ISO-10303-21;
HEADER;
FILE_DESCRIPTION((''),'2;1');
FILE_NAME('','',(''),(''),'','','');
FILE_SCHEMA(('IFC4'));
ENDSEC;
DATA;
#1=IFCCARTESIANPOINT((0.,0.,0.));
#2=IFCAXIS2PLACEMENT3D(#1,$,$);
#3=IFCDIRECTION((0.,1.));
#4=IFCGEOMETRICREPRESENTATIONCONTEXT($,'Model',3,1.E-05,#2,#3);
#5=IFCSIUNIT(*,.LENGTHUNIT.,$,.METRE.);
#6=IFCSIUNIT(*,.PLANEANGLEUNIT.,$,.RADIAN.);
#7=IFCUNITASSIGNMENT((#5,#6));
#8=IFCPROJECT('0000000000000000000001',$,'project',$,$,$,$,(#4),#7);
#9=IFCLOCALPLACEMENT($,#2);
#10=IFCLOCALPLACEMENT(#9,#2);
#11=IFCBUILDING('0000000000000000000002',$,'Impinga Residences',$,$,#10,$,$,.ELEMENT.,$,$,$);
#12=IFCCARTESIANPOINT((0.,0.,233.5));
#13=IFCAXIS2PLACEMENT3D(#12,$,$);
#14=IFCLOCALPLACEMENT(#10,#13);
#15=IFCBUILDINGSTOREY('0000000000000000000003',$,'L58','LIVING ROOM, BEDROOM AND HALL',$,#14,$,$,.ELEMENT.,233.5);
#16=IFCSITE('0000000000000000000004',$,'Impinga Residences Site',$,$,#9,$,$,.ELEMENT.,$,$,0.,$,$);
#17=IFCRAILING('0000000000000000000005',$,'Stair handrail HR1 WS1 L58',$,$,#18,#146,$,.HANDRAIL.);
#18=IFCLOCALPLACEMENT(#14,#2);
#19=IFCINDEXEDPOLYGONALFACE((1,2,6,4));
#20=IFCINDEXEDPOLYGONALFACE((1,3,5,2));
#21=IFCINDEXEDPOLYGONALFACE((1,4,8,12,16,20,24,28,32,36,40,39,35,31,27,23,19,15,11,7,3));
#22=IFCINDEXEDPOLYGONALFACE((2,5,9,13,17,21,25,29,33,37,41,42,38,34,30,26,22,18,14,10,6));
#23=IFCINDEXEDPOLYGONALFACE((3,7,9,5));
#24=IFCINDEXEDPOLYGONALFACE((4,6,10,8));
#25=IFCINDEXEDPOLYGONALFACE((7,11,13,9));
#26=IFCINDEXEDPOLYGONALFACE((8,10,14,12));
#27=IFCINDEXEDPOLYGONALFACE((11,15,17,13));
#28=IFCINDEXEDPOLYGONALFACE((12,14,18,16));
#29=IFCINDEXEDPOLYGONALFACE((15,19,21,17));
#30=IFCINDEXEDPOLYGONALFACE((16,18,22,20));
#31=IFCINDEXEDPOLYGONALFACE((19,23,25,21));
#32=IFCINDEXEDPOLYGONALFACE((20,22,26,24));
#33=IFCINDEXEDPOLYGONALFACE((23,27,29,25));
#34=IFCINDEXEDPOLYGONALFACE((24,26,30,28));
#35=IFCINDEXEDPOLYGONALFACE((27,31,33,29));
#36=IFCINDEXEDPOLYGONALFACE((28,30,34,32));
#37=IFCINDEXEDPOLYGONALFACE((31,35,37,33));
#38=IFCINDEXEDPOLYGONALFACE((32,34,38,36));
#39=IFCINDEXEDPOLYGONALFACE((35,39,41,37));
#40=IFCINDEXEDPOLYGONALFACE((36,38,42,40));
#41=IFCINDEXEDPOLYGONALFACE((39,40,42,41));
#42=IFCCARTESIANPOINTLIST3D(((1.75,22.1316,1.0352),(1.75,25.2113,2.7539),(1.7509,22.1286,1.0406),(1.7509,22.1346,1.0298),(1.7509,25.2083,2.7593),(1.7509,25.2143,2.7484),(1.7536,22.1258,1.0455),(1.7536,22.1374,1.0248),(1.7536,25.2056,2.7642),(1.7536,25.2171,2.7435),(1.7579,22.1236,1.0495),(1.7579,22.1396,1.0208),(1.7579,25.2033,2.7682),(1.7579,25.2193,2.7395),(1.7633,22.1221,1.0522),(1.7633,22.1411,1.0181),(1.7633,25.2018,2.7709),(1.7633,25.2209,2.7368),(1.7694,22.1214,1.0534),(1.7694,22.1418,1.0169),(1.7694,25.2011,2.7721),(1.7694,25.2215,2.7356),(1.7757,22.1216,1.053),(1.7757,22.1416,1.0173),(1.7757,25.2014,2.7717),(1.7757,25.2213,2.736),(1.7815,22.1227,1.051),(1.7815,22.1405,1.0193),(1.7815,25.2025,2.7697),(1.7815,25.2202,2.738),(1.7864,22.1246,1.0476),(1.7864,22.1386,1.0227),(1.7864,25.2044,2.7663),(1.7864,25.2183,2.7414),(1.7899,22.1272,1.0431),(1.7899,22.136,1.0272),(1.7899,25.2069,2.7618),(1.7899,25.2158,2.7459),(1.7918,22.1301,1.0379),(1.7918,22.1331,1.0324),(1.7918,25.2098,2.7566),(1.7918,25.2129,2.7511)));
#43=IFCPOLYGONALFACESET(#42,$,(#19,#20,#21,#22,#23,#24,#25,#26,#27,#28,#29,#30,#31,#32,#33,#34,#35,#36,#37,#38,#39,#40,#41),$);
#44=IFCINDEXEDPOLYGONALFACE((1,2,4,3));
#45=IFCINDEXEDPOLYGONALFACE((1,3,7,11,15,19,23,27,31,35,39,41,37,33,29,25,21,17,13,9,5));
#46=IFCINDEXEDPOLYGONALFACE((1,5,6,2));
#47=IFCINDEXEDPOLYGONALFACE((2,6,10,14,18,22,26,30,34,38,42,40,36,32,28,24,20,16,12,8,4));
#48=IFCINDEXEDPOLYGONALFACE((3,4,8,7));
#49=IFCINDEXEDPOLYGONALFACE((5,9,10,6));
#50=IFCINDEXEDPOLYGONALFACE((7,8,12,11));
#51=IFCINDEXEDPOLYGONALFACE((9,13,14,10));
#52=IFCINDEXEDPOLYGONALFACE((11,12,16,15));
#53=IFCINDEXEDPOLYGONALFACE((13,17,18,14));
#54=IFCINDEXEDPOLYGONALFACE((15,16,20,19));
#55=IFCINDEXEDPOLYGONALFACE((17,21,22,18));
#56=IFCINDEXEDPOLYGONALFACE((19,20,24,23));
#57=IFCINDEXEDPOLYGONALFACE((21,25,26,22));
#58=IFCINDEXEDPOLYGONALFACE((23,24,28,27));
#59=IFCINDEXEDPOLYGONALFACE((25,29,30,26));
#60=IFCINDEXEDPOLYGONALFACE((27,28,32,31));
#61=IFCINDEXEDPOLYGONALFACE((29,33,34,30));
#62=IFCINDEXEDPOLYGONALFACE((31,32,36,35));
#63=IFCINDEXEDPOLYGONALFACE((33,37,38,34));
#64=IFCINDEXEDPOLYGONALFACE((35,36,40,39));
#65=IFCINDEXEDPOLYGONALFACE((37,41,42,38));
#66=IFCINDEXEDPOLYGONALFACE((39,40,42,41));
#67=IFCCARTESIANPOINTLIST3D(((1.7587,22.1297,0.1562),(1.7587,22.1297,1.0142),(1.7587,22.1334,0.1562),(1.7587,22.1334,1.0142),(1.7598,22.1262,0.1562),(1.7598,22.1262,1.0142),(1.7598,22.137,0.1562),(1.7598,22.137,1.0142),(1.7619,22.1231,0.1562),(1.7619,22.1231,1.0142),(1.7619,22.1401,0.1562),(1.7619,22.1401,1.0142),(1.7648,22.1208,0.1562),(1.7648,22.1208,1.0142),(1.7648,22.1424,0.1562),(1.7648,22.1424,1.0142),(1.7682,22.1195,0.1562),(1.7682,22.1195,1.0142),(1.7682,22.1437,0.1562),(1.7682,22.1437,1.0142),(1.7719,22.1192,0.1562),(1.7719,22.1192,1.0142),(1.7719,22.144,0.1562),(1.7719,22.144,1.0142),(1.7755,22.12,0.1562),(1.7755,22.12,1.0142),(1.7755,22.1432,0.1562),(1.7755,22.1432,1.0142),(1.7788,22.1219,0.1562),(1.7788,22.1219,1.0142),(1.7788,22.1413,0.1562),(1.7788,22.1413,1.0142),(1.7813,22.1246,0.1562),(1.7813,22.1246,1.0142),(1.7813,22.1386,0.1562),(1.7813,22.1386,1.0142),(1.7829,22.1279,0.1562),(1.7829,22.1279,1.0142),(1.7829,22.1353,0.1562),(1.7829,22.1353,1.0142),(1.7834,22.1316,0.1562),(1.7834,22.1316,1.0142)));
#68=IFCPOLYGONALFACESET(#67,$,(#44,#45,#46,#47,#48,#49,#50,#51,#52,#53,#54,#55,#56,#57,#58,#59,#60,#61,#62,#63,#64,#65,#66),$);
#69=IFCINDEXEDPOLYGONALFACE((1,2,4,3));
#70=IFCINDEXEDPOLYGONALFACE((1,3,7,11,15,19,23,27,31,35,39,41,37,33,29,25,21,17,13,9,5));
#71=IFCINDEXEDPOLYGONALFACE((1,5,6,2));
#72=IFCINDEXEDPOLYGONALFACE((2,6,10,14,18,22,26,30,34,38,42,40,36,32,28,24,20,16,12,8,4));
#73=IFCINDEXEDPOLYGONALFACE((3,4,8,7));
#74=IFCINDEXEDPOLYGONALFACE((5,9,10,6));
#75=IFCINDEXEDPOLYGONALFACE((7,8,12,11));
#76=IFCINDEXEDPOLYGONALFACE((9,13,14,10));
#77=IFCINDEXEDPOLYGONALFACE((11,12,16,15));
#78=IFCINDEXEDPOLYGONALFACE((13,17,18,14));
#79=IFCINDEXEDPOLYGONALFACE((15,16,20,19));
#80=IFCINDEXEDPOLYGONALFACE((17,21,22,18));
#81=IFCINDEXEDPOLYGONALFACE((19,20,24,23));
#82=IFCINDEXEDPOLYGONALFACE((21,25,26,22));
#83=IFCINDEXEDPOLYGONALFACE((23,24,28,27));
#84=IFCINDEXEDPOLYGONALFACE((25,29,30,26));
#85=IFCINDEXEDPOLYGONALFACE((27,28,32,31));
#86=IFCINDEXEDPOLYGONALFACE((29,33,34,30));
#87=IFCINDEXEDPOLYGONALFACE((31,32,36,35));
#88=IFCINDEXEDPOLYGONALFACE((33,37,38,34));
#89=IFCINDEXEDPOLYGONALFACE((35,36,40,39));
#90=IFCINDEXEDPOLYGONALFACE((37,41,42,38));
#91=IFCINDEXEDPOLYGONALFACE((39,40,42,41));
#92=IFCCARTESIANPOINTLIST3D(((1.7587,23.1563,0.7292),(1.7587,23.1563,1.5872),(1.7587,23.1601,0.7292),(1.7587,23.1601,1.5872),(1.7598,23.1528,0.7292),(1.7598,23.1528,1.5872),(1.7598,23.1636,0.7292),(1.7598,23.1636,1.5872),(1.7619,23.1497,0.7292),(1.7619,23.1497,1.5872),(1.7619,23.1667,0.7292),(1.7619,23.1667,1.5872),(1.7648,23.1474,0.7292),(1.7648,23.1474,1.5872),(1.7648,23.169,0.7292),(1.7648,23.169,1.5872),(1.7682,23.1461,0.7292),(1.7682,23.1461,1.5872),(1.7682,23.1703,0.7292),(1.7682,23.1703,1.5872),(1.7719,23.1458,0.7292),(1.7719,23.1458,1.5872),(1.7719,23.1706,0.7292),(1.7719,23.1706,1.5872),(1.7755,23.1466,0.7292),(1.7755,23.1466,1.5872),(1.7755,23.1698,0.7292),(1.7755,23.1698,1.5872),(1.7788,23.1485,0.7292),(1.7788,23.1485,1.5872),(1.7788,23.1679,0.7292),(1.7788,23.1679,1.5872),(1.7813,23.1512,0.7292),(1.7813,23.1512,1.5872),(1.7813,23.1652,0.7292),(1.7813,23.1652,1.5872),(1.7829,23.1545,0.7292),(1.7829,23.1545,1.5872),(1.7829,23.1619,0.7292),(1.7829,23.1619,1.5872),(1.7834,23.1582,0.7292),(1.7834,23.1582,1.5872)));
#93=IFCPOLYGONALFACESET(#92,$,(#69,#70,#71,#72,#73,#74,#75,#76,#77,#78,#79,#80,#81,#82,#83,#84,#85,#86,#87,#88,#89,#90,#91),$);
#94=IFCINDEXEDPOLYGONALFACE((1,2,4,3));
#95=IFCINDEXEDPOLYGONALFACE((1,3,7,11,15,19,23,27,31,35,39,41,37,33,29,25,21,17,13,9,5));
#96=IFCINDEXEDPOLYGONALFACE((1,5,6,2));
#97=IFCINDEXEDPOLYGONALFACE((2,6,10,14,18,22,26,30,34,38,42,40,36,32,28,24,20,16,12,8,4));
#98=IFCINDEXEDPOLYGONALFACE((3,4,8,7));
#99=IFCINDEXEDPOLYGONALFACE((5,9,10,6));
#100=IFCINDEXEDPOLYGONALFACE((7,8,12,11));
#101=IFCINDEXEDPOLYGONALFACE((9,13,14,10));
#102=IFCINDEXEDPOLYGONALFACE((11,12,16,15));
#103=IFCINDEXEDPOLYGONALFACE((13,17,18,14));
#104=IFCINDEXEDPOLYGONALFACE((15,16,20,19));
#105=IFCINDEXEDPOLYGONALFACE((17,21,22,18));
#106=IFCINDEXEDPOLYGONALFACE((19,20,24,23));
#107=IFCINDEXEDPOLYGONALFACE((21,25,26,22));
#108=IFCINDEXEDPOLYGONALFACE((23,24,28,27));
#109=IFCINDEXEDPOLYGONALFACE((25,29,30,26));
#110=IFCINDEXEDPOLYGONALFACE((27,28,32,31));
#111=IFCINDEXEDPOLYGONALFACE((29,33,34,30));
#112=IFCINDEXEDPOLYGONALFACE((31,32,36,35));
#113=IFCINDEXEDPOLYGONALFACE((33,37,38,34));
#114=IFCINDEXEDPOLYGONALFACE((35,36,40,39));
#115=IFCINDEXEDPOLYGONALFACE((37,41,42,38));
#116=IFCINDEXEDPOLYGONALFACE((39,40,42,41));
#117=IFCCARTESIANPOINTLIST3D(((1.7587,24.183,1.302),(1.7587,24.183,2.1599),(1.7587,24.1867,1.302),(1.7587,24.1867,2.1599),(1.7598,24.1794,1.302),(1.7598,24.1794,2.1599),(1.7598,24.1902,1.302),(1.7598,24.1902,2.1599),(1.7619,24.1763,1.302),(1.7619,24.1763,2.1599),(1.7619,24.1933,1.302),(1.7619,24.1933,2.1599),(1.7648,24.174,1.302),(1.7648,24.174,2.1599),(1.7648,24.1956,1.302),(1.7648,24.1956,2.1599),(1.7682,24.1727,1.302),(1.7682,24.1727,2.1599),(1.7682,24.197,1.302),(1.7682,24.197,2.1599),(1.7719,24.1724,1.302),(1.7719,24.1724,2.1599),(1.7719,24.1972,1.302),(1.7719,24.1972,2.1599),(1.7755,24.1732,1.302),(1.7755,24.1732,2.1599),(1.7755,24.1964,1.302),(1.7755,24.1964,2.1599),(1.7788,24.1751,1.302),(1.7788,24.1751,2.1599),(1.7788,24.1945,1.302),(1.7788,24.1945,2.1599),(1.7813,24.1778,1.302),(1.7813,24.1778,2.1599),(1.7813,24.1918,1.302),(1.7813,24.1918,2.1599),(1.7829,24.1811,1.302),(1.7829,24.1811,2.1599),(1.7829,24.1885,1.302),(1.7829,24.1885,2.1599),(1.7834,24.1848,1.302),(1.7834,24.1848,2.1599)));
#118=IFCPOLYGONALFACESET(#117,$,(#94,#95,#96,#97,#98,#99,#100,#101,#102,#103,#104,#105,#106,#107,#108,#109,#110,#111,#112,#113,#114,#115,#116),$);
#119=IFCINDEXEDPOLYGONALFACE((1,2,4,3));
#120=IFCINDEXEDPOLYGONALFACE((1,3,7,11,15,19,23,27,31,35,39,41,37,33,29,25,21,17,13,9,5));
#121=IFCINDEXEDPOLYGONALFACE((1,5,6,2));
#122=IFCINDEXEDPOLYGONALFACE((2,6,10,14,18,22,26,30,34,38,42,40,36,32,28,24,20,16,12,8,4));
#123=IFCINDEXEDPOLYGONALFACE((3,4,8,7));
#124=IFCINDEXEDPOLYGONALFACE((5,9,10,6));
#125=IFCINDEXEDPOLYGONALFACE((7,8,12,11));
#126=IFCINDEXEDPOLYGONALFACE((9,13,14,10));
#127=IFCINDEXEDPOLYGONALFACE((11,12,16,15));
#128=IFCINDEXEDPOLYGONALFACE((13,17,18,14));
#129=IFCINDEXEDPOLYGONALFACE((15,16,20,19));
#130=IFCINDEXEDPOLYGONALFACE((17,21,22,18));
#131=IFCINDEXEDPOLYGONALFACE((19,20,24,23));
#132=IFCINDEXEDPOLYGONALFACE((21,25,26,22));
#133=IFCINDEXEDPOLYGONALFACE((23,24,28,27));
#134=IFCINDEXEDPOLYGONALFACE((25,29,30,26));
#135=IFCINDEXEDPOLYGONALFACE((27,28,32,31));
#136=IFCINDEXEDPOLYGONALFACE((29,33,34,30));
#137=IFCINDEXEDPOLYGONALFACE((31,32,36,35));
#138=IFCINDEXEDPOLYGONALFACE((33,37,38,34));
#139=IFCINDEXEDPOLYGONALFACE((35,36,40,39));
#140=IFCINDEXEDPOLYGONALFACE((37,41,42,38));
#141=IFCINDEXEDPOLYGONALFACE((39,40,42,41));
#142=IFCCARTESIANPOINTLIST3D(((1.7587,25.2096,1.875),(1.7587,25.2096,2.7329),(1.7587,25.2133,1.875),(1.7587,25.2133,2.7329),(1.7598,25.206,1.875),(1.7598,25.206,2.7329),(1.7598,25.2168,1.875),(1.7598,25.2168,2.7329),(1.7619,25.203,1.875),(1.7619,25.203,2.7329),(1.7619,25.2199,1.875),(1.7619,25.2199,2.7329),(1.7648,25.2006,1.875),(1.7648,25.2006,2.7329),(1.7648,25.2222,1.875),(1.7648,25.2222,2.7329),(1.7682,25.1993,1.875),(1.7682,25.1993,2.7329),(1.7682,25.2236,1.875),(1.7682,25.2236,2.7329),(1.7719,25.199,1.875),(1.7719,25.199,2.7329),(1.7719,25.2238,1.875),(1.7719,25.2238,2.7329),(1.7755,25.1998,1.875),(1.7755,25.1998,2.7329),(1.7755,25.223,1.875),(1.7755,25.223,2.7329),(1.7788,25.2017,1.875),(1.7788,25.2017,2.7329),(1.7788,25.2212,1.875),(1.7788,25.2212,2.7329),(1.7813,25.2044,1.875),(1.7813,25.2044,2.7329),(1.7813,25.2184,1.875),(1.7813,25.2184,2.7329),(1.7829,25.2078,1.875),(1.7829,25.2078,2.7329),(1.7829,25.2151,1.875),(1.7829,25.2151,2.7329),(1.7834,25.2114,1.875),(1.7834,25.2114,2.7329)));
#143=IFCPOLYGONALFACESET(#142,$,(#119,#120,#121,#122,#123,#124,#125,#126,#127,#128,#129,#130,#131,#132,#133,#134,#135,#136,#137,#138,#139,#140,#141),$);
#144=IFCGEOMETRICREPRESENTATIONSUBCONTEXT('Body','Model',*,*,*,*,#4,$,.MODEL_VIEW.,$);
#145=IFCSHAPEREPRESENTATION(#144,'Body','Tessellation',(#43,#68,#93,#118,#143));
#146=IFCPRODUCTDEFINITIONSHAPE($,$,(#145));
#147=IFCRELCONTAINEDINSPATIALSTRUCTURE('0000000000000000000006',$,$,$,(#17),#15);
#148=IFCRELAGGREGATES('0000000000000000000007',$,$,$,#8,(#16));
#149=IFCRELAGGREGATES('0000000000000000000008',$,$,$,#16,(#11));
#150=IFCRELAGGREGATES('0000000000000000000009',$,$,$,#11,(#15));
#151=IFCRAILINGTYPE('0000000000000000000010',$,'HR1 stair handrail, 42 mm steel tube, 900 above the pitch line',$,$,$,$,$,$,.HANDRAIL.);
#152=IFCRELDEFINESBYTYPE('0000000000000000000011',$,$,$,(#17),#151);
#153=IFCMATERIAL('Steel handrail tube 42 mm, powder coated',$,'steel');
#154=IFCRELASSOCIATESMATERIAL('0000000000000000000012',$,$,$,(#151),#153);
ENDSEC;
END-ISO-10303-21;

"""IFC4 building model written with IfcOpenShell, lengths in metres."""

from ifc_helpers import new_model, si_unit, direction, frame, origin, origin_2d, place, context, subcontext, project, spatial, circle, extrude, material, type_object, element, save


model = new_model("IFC4")

# Units and contexts
model_context = context("Model", 3, precision=1e-05, world=origin(), true_north=direction((0.0, 1.0)))
body_context = subcontext(model_context, "Body", "Model", "MODEL_VIEW")
ifc_project = project(units=[si_unit("LENGTHUNIT", "METRE"), si_unit("PLANEANGLEUNIT", "RADIAN")], contexts=[model_context])

# Site, building, storey
site_placement = place(None, origin())
site = spatial("IfcSite", under=ifc_project, at=site_placement, Name="Impinga Residences Site", CompositionType="ELEMENT", RefElevation=0.0)
building_placement = place(site_placement, origin())
building = spatial("IfcBuilding", under=site, at=building_placement, Name="Impinga Residences", CompositionType="ELEMENT")
storey_placement = place(building_placement, frame((0.0, 0.0, 233.5)))
storey = spatial("IfcBuildingStorey", under=building, at=storey_placement, Name="L58", Description="LIVING ROOM, BEDROOM AND HALL", CompositionType="ELEMENT", Elevation=233.5)

# Railing
ifc_material_1 = material(Name="Steel handrail tube 42 mm, powder coated", Category="steel")
railing_type_1 = type_object("IfcRailingType", Name="HR1 stair handrail, 42 mm steel tube, 900 above the pitch line", PredefinedType="HANDRAIL", material=ifc_material_1)
railing_1_placement = place(storey_placement, frame((1.771, 22.1316, 0.1562)))
element("IfcRailing", 1, at=railing_1_placement, inside=storey, type_object=railing_type_1, Name="Stair handrail HR1 WS1 L58", PredefinedType="HANDRAIL", context=body_context, shape_type="SweptSolid", body=[
    extrude(circle(Radius=0.021, at=origin_2d()), frame((0.0, 0.0, 0.8789), z_axis=(0.0, 0.873225, 0.487317), x_axis=(-1.0, 0.0, 0.0)), (0.0, 0.0, 1.0), 3.5269),
    extrude(circle(Radius=0.0125, at=origin_2d()), origin(), (0.0, 0.0, 1.0), 0.8579),
    extrude(circle(Radius=0.0125, at=origin_2d()), frame((0.0, 1.0266, 0.573)), (0.0, 0.0, 1.0), 0.8579),
    extrude(circle(Radius=0.0125, at=origin_2d()), frame((0.0, 2.0532, 1.1458)), (0.0, 0.0, 1.0), 0.8579),
    extrude(circle(Radius=0.0125, at=origin_2d()), frame((0.0, 3.0798, 1.7188)), (0.0, 0.0, 1.0), 0.8579),
])

save(model, "model.ifc")
